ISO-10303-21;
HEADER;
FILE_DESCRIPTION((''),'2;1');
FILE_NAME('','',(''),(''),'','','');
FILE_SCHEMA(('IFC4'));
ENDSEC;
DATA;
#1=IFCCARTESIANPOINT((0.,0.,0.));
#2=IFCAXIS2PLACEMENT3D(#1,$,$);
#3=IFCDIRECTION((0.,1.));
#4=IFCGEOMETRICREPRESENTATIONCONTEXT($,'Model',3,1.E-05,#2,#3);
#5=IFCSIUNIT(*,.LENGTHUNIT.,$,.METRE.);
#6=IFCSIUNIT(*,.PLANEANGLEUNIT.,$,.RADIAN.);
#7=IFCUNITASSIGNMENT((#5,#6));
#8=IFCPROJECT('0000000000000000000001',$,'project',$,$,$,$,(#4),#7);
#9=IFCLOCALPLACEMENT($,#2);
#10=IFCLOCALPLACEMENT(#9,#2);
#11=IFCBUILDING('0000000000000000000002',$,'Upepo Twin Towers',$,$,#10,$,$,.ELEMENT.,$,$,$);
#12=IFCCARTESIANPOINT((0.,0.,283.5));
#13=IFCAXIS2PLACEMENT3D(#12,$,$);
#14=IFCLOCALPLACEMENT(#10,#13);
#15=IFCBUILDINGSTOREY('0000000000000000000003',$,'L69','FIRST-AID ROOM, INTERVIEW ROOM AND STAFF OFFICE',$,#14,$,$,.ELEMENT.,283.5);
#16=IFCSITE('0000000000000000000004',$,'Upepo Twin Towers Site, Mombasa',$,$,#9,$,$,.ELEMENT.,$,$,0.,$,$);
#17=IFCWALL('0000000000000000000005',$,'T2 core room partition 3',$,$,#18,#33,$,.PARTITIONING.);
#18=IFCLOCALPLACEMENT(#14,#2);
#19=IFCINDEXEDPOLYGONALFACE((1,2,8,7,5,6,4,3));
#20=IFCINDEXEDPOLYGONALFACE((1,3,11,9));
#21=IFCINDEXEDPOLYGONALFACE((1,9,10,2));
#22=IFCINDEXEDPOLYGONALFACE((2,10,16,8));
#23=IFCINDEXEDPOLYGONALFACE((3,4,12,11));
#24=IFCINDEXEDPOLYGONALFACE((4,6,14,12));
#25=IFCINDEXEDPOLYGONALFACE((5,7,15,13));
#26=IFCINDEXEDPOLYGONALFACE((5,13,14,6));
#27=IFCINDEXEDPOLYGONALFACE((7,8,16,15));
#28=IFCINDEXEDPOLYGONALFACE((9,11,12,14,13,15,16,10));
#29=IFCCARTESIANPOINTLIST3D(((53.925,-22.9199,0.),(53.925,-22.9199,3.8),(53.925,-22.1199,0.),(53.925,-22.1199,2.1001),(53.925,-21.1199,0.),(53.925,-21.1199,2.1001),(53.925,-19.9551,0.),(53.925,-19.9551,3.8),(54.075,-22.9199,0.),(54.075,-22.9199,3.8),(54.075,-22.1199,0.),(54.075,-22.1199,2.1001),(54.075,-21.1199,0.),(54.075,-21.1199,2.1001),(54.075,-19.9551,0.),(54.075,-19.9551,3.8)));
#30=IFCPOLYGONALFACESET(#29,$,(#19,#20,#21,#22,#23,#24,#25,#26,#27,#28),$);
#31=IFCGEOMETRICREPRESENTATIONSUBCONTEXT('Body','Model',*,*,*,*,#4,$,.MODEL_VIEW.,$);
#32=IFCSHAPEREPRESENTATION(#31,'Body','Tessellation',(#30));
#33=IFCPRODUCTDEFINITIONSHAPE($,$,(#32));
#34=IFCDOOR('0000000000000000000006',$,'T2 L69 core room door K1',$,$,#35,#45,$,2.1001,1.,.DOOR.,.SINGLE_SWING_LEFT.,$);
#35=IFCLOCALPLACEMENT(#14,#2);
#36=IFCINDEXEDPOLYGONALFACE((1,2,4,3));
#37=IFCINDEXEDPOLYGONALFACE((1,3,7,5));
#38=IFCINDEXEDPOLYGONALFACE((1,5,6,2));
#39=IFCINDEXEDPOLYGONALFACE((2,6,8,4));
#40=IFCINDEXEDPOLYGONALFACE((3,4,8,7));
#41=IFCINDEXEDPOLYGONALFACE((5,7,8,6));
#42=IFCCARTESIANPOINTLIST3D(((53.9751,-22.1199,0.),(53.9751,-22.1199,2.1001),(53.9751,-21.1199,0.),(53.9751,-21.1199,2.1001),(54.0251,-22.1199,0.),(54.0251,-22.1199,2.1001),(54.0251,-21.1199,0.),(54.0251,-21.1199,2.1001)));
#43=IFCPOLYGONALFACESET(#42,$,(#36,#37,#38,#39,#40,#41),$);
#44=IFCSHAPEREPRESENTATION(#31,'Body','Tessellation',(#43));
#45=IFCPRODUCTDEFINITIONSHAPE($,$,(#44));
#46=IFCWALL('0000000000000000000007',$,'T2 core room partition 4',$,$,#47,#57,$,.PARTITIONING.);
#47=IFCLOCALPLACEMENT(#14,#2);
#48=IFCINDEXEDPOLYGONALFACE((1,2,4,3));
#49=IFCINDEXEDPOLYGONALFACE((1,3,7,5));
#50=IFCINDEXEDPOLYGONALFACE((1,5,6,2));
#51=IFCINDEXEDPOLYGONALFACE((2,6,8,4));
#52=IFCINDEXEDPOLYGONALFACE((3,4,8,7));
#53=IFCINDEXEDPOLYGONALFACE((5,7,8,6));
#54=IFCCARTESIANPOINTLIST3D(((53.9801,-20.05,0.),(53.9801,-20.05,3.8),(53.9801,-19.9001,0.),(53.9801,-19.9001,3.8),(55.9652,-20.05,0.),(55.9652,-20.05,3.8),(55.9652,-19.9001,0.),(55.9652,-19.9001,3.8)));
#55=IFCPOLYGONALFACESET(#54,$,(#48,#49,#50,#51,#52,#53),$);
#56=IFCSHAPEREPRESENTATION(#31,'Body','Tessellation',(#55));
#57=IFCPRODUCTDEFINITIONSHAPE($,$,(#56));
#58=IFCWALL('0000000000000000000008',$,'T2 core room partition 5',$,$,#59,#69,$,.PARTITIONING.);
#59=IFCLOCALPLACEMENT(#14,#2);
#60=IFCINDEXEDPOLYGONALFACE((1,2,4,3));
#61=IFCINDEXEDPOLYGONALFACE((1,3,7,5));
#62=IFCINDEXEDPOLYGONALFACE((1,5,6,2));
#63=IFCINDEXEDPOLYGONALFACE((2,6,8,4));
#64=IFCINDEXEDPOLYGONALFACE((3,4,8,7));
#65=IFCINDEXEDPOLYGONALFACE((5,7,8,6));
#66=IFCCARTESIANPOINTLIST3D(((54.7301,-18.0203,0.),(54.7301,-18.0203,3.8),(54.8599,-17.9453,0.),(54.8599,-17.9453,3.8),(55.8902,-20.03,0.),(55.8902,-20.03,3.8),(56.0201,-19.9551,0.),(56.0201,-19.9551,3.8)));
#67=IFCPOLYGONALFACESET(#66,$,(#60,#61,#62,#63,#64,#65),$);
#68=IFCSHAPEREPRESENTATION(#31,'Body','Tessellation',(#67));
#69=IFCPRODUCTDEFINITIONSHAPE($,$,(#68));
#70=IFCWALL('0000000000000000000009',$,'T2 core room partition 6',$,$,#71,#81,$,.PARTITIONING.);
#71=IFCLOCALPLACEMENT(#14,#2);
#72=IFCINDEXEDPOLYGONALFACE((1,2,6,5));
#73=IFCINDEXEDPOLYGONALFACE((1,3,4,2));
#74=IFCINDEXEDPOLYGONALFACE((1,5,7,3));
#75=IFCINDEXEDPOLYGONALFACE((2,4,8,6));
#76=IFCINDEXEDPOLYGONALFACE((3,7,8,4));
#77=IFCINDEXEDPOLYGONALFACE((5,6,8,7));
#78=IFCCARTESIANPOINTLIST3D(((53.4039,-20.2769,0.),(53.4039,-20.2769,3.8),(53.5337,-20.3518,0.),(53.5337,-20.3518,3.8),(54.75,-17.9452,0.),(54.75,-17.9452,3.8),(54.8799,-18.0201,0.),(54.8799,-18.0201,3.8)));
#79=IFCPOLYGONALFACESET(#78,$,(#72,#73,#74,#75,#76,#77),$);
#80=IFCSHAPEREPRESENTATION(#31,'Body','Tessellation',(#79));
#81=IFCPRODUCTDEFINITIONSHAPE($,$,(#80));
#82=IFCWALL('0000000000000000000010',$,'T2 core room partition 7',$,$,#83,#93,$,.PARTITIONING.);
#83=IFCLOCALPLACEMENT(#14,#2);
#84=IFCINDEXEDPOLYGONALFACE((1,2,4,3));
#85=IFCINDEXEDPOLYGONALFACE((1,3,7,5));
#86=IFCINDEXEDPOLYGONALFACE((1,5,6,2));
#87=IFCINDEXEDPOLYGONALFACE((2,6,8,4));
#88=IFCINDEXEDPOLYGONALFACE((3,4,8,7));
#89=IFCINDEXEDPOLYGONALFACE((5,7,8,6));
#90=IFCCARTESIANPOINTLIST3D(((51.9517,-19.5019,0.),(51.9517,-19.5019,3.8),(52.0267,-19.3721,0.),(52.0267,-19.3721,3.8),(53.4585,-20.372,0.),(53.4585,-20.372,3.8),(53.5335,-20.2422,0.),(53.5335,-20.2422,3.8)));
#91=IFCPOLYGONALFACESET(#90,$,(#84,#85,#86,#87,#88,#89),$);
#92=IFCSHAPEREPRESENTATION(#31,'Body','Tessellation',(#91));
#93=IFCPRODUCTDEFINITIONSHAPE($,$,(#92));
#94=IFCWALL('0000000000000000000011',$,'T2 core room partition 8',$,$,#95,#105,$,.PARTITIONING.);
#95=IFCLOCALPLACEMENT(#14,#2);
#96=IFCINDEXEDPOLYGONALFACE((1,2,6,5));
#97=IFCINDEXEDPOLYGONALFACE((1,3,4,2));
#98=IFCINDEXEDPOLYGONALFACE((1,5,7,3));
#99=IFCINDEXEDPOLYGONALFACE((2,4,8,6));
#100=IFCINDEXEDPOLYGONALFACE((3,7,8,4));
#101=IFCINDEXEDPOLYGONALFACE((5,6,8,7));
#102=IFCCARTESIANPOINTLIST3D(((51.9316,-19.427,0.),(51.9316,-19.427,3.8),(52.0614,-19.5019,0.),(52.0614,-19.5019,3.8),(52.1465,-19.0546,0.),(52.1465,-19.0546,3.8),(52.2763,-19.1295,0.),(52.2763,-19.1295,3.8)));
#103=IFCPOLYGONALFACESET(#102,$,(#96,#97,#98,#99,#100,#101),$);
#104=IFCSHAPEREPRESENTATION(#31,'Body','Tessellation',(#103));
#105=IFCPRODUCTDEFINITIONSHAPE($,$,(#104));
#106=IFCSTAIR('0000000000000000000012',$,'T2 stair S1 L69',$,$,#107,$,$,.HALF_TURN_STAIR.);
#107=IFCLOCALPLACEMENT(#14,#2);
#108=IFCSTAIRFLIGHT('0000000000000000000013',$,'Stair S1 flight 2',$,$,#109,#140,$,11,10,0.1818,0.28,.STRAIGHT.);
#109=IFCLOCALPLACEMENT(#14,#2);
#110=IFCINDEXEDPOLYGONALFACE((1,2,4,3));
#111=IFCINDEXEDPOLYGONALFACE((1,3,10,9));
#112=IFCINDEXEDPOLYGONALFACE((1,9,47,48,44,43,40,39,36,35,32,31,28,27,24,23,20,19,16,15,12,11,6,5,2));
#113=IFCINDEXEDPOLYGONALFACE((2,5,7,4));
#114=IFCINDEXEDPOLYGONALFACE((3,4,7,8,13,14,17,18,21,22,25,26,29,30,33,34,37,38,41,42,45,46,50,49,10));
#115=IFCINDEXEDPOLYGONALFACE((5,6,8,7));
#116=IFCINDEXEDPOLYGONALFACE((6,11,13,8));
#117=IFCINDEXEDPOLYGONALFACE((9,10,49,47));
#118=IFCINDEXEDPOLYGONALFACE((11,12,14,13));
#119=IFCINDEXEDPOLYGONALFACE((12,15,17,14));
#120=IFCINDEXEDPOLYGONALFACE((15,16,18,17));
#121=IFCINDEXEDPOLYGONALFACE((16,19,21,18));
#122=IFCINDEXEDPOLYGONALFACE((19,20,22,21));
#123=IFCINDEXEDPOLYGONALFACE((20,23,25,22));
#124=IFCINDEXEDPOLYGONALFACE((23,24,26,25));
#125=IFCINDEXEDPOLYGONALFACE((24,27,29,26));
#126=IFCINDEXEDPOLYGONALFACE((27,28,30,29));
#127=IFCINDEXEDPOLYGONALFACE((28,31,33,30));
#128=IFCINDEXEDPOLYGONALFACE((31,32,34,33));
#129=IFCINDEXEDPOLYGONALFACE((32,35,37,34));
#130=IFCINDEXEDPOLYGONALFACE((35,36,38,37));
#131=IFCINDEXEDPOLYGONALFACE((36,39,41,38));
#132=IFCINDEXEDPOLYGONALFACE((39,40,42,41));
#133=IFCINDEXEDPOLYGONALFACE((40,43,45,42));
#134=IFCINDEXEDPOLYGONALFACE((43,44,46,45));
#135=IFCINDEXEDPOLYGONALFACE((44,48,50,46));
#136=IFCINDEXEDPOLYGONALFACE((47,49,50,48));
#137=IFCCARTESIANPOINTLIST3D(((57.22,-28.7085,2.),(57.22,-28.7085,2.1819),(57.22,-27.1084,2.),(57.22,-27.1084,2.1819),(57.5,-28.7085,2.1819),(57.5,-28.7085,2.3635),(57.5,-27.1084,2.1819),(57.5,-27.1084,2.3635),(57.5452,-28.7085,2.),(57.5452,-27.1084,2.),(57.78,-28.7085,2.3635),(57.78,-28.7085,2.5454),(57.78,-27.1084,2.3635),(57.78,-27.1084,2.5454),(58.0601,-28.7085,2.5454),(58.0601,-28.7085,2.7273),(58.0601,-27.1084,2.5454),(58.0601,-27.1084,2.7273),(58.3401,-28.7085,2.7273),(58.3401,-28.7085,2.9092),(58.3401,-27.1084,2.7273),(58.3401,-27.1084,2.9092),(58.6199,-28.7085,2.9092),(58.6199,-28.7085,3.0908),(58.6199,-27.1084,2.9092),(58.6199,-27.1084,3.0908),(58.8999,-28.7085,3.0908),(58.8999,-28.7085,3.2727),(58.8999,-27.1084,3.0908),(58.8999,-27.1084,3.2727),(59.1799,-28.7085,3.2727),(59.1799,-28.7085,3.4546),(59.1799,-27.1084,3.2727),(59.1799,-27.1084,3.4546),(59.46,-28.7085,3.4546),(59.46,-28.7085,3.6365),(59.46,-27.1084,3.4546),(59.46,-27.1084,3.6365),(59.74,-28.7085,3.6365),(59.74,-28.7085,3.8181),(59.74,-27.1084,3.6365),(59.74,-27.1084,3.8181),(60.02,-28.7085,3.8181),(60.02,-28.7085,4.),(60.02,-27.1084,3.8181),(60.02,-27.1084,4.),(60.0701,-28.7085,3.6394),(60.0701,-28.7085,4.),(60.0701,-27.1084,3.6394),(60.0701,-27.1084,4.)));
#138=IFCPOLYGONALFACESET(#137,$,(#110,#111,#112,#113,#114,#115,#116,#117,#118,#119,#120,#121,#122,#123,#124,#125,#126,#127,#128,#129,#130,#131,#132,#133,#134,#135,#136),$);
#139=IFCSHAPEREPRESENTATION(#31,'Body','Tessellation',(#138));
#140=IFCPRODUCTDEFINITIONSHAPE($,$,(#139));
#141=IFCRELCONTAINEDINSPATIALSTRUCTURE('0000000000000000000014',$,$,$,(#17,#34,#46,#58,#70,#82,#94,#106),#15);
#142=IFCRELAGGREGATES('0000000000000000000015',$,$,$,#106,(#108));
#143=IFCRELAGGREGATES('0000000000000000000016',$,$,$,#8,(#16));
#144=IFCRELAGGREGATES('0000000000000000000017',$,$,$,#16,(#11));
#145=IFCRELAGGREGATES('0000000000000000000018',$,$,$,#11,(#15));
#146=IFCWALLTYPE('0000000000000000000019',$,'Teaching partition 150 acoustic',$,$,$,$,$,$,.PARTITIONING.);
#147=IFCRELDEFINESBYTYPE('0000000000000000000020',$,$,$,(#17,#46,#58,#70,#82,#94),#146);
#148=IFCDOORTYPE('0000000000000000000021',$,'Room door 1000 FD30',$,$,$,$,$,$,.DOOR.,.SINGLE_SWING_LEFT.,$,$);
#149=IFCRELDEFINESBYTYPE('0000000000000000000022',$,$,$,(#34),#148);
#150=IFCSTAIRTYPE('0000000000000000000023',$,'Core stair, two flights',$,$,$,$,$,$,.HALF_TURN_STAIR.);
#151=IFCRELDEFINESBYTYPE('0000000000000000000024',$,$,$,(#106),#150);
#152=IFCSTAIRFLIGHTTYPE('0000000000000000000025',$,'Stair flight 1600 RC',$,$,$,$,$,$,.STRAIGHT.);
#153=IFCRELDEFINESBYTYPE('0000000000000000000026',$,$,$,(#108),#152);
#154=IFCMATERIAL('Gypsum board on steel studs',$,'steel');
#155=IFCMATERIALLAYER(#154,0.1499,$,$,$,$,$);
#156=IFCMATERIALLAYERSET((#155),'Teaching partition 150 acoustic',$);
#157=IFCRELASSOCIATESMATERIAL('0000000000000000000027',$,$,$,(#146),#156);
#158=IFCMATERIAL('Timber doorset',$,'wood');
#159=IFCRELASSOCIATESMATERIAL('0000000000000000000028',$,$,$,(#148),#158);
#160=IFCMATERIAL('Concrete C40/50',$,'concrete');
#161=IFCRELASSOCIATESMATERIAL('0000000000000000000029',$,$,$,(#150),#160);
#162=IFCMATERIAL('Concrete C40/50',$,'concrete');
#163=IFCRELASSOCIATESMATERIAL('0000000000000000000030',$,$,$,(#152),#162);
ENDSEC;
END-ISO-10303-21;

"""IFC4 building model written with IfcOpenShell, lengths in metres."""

from ifc_helpers import new_model, si_unit, direction, frame, frame_2d, origin, place, context, subcontext, project, spatial, polyline, rectangle, outline, extrude, material, layer, layer_set, type_object, element, fill, aggregate, save


model = new_model("IFC4")

# Units and contexts
model_context = context("Model", 3, precision=1e-05, world=origin(), true_north=direction((0.0, 1.0)))
body_context = subcontext(model_context, "Body", "Model", "MODEL_VIEW")
ifc_project = project(units=[si_unit("LENGTHUNIT", "METRE"), si_unit("PLANEANGLEUNIT", "RADIAN")], contexts=[model_context])

# Site, building, storey
site_placement = place(None, origin())
site = spatial("IfcSite", under=ifc_project, at=site_placement, Name="Upepo Twin Towers Site, Mombasa", CompositionType="ELEMENT", RefElevation=0.0)
building_placement = place(site_placement, origin())
building = spatial("IfcBuilding", under=site, at=building_placement, Name="Upepo Twin Towers", CompositionType="ELEMENT")
storey_placement = place(building_placement, frame((0.0, 0.0, 283.5)))
storey = spatial("IfcBuildingStorey", under=building, at=storey_placement, Name="L69", Description="FIRST-AID ROOM, INTERVIEW ROOM AND STAFF OFFICE", CompositionType="ELEMENT", Elevation=283.5)

# Shared definitions
ifc_material_1 = material(Name="Gypsum board on steel studs", Category="steel")
ifc_layer_1 = layer(ifc_material_1, 0.1499)
ifc_layer_set_1 = layer_set([ifc_layer_1], Name="Teaching partition 150 acoustic")
wall_type_1 = type_object("IfcWallType", Name="Teaching partition 150 acoustic", PredefinedType="PARTITIONING", material=ifc_layer_set_1)

# Wall, opening, door
wall_1_placement = place(storey_placement, frame((54.0, -22.9199, 0.0), z_axis=(0.0, 0.0, 1.0), x_axis=(0.0, 1.0, 0.0)))
wall_1 = element("IfcWall", 1, at=wall_1_placement, inside=storey, type_object=wall_type_1, Name="T2 core room partition 3", PredefinedType="PARTITIONING", context=body_context, shape_type="SweptSolid", body=[
    extrude(rectangle(XDim=2.9648, YDim=0.1499, at=frame_2d((1.4824, 0.0))), origin(), (0.0, 0.0, 1.0), 3.8),
])
opening_1_placement = place(wall_1_placement, frame((0.8, 0.0, 0.0)))
opening_1 = element("IfcOpeningElement", 2, at=opening_1_placement, cuts=wall_1, PredefinedType="OPENING", context=body_context, shape_type="SweptSolid", body=[
    extrude(rectangle(XDim=1.0, YDim=2.1001, at=frame_2d((0.5, 1.05))), frame((0.0, 0.085, 0.0), z_axis=(0.0, -1.0, 0.0), x_axis=(1.0, 0.0, 0.0)), (0.0, 0.0, 1.0), 0.1699),
])
ifc_material_2 = material(Name="Timber doorset", Category="wood")
door_type_1 = type_object("IfcDoorType", Name="Room door 1000 FD30", OperationType="SINGLE_SWING_LEFT", PredefinedType="DOOR", material=ifc_material_2)
door_1_placement = place(opening_1_placement, origin())
door_1 = element("IfcDoor", 3, at=door_1_placement, inside=storey, type_object=door_type_1, Name="T2 L69 core room door K1", OperationType="SINGLE_SWING_LEFT", OverallHeight=2.1001, OverallWidth=1.0, PredefinedType="DOOR", context=body_context, shape_type="SweptSolid", body=[
    extrude(rectangle(XDim=1.0, YDim=2.1001, at=frame_2d((0.5, 1.05))), frame((0.0, 0.0249, 0.0), z_axis=(0.0, -1.0, 0.0), x_axis=(1.0, 0.0, 0.0)), (0.0, 0.0, 1.0), 0.05),
])
fill(opening_1, door_1)

# Walls
wall_2_placement = place(storey_placement, frame((53.98, -19.9751, 0.0), z_axis=(0.0, 0.0, 1.0), x_axis=(1.0, 0.0, 0.0)))
element("IfcWall", 4, at=wall_2_placement, inside=storey, type_object=wall_type_1, Name="T2 core room partition 4", PredefinedType="PARTITIONING", context=body_context, shape_type="SweptSolid", body=[
    extrude(rectangle(XDim=1.9851, YDim=0.1499, at=frame_2d((0.9927, 0.0))), origin(), (0.0, 0.0, 1.0), 3.8),
])
wall_3_placement = place(storey_placement, frame((55.9551, -19.9924, 0.0), z_axis=(0.0, 0.0, 1.0), x_axis=(-0.499941, 0.866059, 0.0)))
element("IfcWall", 5, at=wall_3_placement, inside=storey, type_object=wall_type_1, Name="T2 core room partition 5", PredefinedType="PARTITIONING", context=body_context, shape_type="SweptSolid", body=[
    extrude(rectangle(XDim=2.3206, YDim=0.1499, at=frame_2d((1.1602, 0.0))), origin(), (0.0, 0.0, 1.0), 3.8),
])
wall_4_placement = place(storey_placement, frame((54.8149, -17.9827, 0.0), z_axis=(0.0, 0.0, 1.0), x_axis=(-0.499981, -0.866036, 0.0)))
element("IfcWall", 6, at=wall_4_placement, inside=storey, type_object=wall_type_1, Name="T2 core room partition 6", PredefinedType="PARTITIONING", context=body_context, shape_type="SweptSolid", body=[
    extrude(rectangle(XDim=2.6924, YDim=0.1499, at=frame_2d((1.3462, 0.0))), origin(), (0.0, 0.0, 1.0), 3.8),
])
wall_5_placement = place(storey_placement, frame((53.4961, -20.3071, 0.0), z_axis=(0.0, 0.0, 1.0), x_axis=(-0.865989, 0.500063, 0.0)))
element("IfcWall", 7, at=wall_5_placement, inside=storey, type_object=wall_type_1, Name="T2 core room partition 7", PredefinedType="PARTITIONING", context=body_context, shape_type="SweptSolid", body=[
    extrude(rectangle(XDim=1.74, YDim=0.1499, at=frame_2d((0.8701, 0.0))), origin(), (0.0, 0.0, 1.0), 3.8),
])
wall_6_placement = place(storey_placement, frame((51.9966, -19.4644, 0.0), z_axis=(0.0, 0.0, 1.0), x_axis=(0.499804, 0.866138, 0.0)))
element("IfcWall", 8, at=wall_6_placement, inside=storey, type_object=wall_type_1, Name="T2 core room partition 8", PredefinedType="PARTITIONING", context=body_context, shape_type="SweptSolid", body=[
    extrude(rectangle(XDim=0.4299, YDim=0.1499, at=frame_2d((0.2148, 0.0))), origin(), (0.0, 0.0, 1.0), 3.8),
])

# Stair, stair flight
ifc_material_3 = material(Name="Concrete C40/50", Category="concrete")
stair_type = type_object("IfcStairType", Name="Core stair, two flights", PredefinedType="HALF_TURN_STAIR", material=ifc_material_3)
stair_placement = place(storey_placement, origin())
stair = element("IfcStair", 9, at=stair_placement, inside=storey, type_object=stair_type, Name="T2 stair S1 L69", PredefinedType="HALF_TURN_STAIR")
ifc_material_4 = material(Name="Concrete C40/50", Category="concrete")
stair_flight_type = type_object("IfcStairFlightType", Name="Stair flight 1600 RC", PredefinedType="STRAIGHT", material=ifc_material_4)
stair_flight_placement = place(storey_placement, frame((57.22, -27.9084, 2.0), z_axis=(0.0, 0.0, 1.0), x_axis=(1.0, 0.0, 0.0)))
stair_flight = element("IfcStairFlight", 10, at=stair_flight_placement, type_object=stair_flight_type, Name="Stair S1 flight 2", NumberOfRisers=11, NumberOfTreads=10, PredefinedType="STRAIGHT", RiserHeight=0.1818, TreadLength=0.28, context=body_context, shape_type="SweptSolid", body=[
    extrude(outline(polyline([(0.0, 0.0), (0.0, 0.1819), (0.28, 0.1819), (0.28, 0.3635), (0.5601, 0.3635), (0.5601, 0.5454), (0.8401, 0.5454), (0.8401, 0.7273), (1.1201, 0.7273), (1.1201, 0.9092), (1.3999, 0.9092), (1.3999, 1.0908), (1.6799, 1.0908), (1.6799, 1.2727), (1.96, 1.2727), (1.96, 1.4546), (2.24, 1.4546), (2.24, 1.6365), (2.52, 1.6365), (2.52, 1.8181), (2.8, 1.8181), (2.8, 2.0), (2.8501, 2.0), (2.8501, 1.6394), (0.3252, 0.0), (0.0, 0.0)])), frame((0.0, 0.8, 0.0), z_axis=(0.0, -1.0, 0.0), x_axis=(1.0, 0.0, 0.0)), (0.0, 0.0, 1.0), 1.6001),
])
aggregate(stair, [stair_flight])

save(model, "model.ifc")
